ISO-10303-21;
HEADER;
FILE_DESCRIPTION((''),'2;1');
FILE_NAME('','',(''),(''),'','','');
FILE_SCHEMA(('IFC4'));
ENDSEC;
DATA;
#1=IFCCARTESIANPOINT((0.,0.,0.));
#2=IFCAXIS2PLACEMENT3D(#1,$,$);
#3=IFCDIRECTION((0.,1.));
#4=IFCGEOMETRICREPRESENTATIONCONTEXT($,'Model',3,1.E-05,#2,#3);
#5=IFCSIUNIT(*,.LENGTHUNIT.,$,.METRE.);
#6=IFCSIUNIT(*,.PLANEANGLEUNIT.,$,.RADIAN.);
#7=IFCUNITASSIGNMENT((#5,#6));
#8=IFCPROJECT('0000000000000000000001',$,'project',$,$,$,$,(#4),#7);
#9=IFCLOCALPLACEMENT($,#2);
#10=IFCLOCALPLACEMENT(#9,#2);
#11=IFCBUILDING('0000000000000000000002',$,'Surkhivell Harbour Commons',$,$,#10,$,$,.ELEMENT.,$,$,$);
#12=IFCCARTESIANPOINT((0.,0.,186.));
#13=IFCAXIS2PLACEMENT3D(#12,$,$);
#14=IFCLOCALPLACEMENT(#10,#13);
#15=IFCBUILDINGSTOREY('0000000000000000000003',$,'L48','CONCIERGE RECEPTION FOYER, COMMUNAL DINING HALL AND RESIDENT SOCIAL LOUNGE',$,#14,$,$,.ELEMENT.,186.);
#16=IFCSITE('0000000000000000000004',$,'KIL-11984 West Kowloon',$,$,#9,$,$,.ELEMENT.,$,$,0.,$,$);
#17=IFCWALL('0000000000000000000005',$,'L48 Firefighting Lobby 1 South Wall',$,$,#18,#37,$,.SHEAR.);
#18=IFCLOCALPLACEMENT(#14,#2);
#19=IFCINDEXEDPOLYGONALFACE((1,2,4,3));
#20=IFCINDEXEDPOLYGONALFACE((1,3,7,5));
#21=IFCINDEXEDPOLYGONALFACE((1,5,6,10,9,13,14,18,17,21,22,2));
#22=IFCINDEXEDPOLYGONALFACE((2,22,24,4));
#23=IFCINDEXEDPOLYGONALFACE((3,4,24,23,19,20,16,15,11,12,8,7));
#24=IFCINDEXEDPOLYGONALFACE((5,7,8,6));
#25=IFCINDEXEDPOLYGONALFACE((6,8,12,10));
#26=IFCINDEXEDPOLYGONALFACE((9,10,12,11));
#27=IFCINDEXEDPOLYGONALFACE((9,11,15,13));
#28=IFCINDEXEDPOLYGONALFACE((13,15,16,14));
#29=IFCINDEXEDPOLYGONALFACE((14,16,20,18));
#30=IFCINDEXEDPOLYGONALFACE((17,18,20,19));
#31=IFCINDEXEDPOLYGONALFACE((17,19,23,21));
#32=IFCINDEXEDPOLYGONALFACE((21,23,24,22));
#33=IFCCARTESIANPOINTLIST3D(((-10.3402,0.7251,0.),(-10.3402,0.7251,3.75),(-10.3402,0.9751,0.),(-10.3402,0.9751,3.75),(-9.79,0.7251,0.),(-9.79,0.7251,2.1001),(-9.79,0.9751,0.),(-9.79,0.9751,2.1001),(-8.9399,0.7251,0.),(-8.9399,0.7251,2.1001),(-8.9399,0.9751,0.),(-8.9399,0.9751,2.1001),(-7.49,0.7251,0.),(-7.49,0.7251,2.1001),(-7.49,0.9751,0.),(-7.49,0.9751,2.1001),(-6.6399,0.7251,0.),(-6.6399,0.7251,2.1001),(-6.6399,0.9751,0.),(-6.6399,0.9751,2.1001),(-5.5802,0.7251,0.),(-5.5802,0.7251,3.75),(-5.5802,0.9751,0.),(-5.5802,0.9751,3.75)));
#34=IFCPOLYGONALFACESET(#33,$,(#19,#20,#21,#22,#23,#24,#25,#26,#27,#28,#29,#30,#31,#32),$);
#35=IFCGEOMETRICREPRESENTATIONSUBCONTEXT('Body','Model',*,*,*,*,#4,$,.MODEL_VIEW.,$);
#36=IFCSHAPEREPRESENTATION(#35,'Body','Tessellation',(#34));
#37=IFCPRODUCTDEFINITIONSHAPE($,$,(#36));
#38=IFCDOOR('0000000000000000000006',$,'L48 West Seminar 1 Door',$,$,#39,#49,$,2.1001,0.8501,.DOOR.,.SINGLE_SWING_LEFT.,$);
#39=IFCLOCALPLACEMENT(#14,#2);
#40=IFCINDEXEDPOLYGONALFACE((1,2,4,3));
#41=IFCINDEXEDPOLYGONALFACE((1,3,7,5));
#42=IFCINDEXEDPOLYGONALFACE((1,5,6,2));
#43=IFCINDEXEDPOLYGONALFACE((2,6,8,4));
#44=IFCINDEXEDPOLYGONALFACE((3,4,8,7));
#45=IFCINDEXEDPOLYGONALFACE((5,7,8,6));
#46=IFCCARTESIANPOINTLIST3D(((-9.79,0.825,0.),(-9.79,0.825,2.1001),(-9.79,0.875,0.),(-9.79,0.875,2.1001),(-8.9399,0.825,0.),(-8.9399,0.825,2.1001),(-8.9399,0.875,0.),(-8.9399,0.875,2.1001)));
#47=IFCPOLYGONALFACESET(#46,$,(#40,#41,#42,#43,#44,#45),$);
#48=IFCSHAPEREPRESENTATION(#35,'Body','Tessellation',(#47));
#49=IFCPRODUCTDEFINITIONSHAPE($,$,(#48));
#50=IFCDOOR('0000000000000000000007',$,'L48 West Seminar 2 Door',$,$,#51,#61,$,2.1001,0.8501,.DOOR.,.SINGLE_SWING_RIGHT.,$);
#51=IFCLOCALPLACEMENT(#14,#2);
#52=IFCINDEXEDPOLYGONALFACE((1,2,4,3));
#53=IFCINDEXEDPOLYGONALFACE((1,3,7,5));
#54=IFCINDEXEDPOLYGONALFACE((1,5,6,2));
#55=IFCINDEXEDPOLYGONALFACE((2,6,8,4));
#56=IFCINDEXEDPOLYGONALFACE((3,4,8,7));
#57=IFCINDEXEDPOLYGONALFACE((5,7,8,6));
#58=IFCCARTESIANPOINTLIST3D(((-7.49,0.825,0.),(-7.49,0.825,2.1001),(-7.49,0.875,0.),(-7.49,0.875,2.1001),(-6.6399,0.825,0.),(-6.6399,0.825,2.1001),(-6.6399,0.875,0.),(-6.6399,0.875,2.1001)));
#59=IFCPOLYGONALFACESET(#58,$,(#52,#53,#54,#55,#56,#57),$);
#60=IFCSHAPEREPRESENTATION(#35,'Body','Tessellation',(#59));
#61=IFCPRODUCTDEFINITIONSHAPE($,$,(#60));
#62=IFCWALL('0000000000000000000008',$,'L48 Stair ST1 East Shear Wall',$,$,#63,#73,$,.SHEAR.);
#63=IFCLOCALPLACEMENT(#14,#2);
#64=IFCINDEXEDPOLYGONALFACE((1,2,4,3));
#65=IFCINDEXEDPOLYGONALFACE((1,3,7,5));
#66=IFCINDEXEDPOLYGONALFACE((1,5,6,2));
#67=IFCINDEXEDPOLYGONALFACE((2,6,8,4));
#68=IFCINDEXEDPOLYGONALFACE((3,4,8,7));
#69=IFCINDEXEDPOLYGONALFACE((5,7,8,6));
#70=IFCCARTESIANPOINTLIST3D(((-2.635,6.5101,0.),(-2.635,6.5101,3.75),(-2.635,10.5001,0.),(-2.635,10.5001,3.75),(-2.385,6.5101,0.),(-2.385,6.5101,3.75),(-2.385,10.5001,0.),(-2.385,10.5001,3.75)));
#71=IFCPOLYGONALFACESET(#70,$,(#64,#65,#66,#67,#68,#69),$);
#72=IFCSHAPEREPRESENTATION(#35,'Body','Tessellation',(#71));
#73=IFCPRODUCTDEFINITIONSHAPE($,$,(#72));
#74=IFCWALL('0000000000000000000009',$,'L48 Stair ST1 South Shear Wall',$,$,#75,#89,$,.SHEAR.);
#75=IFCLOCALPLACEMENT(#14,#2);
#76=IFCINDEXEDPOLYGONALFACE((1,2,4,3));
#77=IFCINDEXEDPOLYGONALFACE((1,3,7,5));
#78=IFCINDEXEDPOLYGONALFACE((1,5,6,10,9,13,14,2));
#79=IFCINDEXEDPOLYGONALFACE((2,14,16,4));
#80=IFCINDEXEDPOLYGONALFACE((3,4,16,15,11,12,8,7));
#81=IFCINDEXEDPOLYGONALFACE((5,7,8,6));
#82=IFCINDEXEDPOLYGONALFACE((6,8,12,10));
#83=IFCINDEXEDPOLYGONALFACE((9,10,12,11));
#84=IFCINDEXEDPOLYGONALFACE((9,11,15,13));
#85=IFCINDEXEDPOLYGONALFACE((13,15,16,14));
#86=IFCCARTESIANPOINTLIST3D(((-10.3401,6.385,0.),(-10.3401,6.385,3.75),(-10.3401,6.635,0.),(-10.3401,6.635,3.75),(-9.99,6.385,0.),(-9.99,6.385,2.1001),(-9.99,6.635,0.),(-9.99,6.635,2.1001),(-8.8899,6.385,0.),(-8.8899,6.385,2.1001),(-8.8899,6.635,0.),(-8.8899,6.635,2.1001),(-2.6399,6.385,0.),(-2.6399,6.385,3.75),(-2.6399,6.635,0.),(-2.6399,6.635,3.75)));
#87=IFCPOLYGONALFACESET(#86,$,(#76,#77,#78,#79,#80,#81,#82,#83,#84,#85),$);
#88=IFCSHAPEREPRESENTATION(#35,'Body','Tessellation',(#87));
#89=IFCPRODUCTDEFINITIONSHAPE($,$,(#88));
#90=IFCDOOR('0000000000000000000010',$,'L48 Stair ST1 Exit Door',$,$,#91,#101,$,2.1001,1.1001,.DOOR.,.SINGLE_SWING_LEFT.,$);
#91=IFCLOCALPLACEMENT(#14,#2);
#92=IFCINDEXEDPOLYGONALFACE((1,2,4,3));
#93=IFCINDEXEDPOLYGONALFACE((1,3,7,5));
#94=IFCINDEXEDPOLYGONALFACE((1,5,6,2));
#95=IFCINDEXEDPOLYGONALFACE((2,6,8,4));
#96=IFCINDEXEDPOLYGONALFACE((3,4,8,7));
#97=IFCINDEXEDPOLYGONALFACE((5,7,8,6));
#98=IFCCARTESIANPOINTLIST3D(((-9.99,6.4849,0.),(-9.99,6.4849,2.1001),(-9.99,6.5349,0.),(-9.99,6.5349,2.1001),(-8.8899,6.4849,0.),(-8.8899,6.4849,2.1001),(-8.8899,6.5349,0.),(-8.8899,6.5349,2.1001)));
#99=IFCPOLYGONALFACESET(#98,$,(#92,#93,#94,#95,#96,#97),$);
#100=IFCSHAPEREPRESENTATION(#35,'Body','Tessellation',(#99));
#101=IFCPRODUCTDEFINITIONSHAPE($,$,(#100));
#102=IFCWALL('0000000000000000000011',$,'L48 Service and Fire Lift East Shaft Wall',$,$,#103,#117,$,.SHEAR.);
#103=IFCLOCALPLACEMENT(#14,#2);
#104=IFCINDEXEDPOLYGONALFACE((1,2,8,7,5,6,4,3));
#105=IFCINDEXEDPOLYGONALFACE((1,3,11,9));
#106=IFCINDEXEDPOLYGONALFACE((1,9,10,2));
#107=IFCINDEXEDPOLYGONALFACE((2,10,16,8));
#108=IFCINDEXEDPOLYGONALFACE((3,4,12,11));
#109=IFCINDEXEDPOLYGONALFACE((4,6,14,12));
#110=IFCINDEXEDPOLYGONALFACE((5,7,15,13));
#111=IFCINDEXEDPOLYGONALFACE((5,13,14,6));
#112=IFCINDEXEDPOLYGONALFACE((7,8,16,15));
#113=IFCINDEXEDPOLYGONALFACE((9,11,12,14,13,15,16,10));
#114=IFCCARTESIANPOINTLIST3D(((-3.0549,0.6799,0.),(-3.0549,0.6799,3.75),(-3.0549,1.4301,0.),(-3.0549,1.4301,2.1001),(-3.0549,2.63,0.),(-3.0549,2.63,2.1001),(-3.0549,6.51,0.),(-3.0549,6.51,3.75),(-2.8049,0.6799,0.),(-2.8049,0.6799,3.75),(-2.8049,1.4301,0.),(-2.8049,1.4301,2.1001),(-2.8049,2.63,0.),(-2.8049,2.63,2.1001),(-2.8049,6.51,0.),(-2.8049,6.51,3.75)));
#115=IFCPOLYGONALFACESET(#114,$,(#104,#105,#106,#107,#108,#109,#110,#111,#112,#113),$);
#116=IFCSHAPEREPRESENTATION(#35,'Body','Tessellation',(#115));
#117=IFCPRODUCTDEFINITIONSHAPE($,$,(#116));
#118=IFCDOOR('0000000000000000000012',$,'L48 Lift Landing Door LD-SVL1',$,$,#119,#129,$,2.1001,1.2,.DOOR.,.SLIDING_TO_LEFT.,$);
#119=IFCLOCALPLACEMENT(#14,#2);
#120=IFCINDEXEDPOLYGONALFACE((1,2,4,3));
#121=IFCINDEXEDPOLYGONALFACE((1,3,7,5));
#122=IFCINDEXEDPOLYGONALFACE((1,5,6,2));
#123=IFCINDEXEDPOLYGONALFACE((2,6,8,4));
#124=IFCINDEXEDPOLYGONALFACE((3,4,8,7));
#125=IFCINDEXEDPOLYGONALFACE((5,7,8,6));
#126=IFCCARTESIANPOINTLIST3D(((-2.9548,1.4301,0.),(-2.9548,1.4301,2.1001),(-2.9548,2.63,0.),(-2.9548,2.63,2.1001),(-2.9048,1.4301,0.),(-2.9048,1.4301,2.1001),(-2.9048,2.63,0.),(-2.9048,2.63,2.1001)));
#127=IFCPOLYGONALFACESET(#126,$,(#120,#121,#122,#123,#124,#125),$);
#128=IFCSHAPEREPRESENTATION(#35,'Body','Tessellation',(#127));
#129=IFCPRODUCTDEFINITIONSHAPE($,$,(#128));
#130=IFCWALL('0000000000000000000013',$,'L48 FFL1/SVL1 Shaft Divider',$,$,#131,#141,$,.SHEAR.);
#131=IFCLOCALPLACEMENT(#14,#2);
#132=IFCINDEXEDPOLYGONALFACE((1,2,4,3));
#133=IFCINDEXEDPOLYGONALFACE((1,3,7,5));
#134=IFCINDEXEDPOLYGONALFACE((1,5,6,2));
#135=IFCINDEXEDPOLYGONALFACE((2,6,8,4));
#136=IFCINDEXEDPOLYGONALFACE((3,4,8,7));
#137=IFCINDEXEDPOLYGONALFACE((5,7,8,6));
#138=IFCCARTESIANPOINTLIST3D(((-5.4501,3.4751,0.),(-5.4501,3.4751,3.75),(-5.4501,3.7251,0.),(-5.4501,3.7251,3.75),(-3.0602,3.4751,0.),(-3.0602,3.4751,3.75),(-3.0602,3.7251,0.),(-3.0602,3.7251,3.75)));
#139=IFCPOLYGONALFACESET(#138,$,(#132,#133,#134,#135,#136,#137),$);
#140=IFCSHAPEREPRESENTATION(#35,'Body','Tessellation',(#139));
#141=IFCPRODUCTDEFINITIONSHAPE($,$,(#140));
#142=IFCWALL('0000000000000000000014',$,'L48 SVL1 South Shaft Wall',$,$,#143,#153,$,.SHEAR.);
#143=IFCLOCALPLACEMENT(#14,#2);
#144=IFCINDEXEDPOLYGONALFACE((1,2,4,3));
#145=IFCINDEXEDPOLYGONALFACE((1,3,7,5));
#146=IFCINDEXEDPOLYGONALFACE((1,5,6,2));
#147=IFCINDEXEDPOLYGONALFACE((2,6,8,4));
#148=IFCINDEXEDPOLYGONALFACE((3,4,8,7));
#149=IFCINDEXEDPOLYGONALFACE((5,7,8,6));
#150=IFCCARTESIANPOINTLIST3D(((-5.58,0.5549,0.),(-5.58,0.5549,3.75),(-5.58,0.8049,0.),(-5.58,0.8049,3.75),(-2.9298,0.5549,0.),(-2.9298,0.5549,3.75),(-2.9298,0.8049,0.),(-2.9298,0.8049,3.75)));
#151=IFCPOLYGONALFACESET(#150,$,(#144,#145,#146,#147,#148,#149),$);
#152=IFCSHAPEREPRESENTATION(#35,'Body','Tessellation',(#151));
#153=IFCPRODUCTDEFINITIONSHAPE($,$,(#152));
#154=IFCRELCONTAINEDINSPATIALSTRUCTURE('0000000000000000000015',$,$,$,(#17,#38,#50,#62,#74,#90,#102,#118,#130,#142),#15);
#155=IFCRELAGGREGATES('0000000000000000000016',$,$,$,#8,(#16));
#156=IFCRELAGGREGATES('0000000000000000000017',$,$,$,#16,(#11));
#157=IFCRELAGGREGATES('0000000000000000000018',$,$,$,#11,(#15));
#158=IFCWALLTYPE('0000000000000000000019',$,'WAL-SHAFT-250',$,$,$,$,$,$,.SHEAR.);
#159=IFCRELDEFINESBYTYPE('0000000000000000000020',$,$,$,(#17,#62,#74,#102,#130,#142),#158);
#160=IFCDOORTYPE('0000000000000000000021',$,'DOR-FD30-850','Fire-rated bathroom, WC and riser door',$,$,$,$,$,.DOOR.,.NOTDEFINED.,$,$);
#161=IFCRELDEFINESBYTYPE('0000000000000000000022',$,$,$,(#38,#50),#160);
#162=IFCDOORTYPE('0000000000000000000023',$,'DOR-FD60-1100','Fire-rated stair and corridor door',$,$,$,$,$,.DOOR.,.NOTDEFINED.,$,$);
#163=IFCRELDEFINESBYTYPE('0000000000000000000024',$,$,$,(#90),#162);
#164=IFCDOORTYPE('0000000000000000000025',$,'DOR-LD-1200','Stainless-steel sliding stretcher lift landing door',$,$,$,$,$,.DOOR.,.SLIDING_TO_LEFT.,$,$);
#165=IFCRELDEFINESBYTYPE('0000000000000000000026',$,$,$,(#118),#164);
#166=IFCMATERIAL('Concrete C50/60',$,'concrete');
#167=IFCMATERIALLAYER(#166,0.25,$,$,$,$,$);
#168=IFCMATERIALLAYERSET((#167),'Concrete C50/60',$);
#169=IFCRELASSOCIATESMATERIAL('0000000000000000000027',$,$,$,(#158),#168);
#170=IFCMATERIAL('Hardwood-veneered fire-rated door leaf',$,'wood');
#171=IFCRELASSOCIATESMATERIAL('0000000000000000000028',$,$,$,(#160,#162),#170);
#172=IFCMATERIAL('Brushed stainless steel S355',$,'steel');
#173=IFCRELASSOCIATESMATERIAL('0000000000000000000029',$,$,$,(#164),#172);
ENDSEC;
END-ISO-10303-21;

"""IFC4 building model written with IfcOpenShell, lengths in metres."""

from ifc_helpers import new_model, si_unit, direction, frame, frame_2d, origin, place, context, subcontext, project, spatial, rectangle, extrude, material, layer, layer_set, type_object, element, fill, save


model = new_model("IFC4")

# Units and contexts
model_context = context("Model", 3, precision=1e-05, world=origin(), true_north=direction((0.0, 1.0)))
body_context = subcontext(model_context, "Body", "Model", "MODEL_VIEW")
ifc_project = project(units=[si_unit("LENGTHUNIT", "METRE"), si_unit("PLANEANGLEUNIT", "RADIAN")], contexts=[model_context])

# Site, building, storey
site_placement = place(None, origin())
site = spatial("IfcSite", under=ifc_project, at=site_placement, Name="KIL-11984 West Kowloon", CompositionType="ELEMENT", RefElevation=0.0)
building_placement = place(site_placement, origin())
building = spatial("IfcBuilding", under=site, at=building_placement, Name="Surkhivell Harbour Commons", CompositionType="ELEMENT")
storey_placement = place(building_placement, frame((0.0, 0.0, 186.0)))
storey = spatial("IfcBuildingStorey", under=building, at=storey_placement, Name="L48", Description="CONCIERGE RECEPTION FOYER, COMMUNAL DINING HALL AND RESIDENT SOCIAL LOUNGE", CompositionType="ELEMENT", Elevation=186.0)

# Shared definitions
ifc_material_1 = material(Name="Hardwood-veneered fire-rated door leaf", Category="wood")

# Shared definitions
ifc_material_2 = material(Name="Concrete C50/60", Category="concrete")
ifc_layer_1 = layer(ifc_material_2, 0.25)
ifc_layer_set_1 = layer_set([ifc_layer_1], Name="Concrete C50/60")
wall_type_1 = type_object("IfcWallType", Name="WAL-SHAFT-250", PredefinedType="SHEAR", material=ifc_layer_set_1)
ifc_material_3 = material(Name="Brushed stainless steel S355", Category="steel")

# Wall, openings, doors
wall_1_placement = place(storey_placement, frame((-10.3401, 0.8501, 0.0), z_axis=(0.0, 0.0, 1.0), x_axis=(1.0, 0.0, 0.0)))
wall_1 = element("IfcWall", 1, at=wall_1_placement, inside=storey, type_object=wall_type_1, Name="L48 Firefighting Lobby 1 South Wall", PredefinedType="SHEAR", context=body_context, shape_type="SweptSolid", body=[
    extrude(rectangle(XDim=4.76, YDim=0.25, at=frame_2d((2.3799, 0.0))), origin(), (0.0, 0.0, 1.0), 3.75),
])
opening_1_placement = place(wall_1_placement, frame((0.55, 0.0, 0.0)))
opening_1 = element("IfcOpeningElement", 2, at=opening_1_placement, cuts=wall_1, PredefinedType="OPENING", context=body_context, shape_type="SweptSolid", body=[
    extrude(rectangle(XDim=0.8501, YDim=2.1001, at=frame_2d((0.425, 1.05))), frame((0.0, 0.135, 0.0), z_axis=(0.0, -1.0, 0.0), x_axis=(1.0, 0.0, 0.0)), (0.0, 0.0, 1.0), 0.27),
])
opening_2_placement = place(wall_1_placement, frame((2.8501, 0.0, 0.0)))
opening_2 = element("IfcOpeningElement", 3, at=opening_2_placement, cuts=wall_1, PredefinedType="OPENING", context=body_context, shape_type="SweptSolid", body=[
    extrude(rectangle(XDim=0.8501, YDim=2.1001, at=frame_2d((0.425, 1.05))), frame((0.0, 0.135, 0.0), z_axis=(0.0, -1.0, 0.0), x_axis=(1.0, 0.0, 0.0)), (0.0, 0.0, 1.0), 0.27),
])
door_type_1 = type_object("IfcDoorType", Name="DOR-FD30-850", Description="Fire-rated bathroom, WC and riser door", OperationType="NOTDEFINED", PredefinedType="DOOR", material=ifc_material_1)
door_1_placement = place(opening_1_placement, origin())
door_1 = element("IfcDoor", 4, at=door_1_placement, inside=storey, type_object=door_type_1, Name="L48 West Seminar 1 Door", OperationType="SINGLE_SWING_LEFT", OverallHeight=2.1001, OverallWidth=0.8501, PredefinedType="DOOR", context=body_context, shape_type="SweptSolid", body=[
    extrude(rectangle(XDim=0.8501, YDim=2.1001, at=frame_2d((0.425, 1.05))), frame((0.0, 0.0249, 0.0), z_axis=(0.0, -1.0, 0.0), x_axis=(1.0, 0.0, 0.0)), (0.0, 0.0, 1.0), 0.05),
])
fill(opening_1, door_1)
door_2_placement = place(opening_2_placement, origin())
door_2 = element("IfcDoor", 5, at=door_2_placement, inside=storey, type_object=door_type_1, Name="L48 West Seminar 2 Door", OperationType="SINGLE_SWING_RIGHT", OverallHeight=2.1001, OverallWidth=0.8501, PredefinedType="DOOR", context=body_context, shape_type="SweptSolid", body=[
    extrude(rectangle(XDim=0.8501, YDim=2.1001, at=frame_2d((0.425, 1.05))), frame((0.0, 0.0249, 0.0), z_axis=(0.0, -1.0, 0.0), x_axis=(1.0, 0.0, 0.0)), (0.0, 0.0, 1.0), 0.05),
])
fill(opening_2, door_2)

# Wall
wall_2_placement = place(storey_placement, frame((-2.51, 6.51, 0.0), z_axis=(0.0, 0.0, 1.0), x_axis=(0.0, 1.0, 0.0)))
element("IfcWall", 6, at=wall_2_placement, inside=storey, type_object=wall_type_1, Name="L48 Stair ST1 East Shear Wall", PredefinedType="SHEAR", context=body_context, shape_type="SweptSolid", body=[
    extrude(rectangle(XDim=3.99, YDim=0.25, at=frame_2d((1.9951, 0.0))), origin(), (0.0, 0.0, 1.0), 3.75),
])

# Walls, openings, doors
wall_3_placement = place(storey_placement, frame((-10.3401, 6.51, 0.0), z_axis=(0.0, 0.0, 1.0), x_axis=(1.0, 0.0, 0.0)))
wall_3 = element("IfcWall", 7, at=wall_3_placement, inside=storey, type_object=wall_type_1, Name="L48 Stair ST1 South Shear Wall", PredefinedType="SHEAR", context=body_context, shape_type="SweptSolid", body=[
    extrude(rectangle(XDim=7.7002, YDim=0.25, at=frame_2d((3.8501, 0.0))), origin(), (0.0, 0.0, 1.0), 3.75),
])
opening_3_placement = place(wall_3_placement, frame((0.3501, 0.0, 0.0)))
opening_3 = element("IfcOpeningElement", 8, at=opening_3_placement, cuts=wall_3, PredefinedType="OPENING", context=body_context, shape_type="SweptSolid", body=[
    extrude(rectangle(XDim=1.1001, YDim=2.1001, at=frame_2d((0.55, 1.05))), frame((0.0, 0.135, 0.0), z_axis=(0.0, -1.0, 0.0), x_axis=(1.0, 0.0, 0.0)), (0.0, 0.0, 1.0), 0.27),
])
door_type_2 = type_object("IfcDoorType", Name="DOR-FD60-1100", Description="Fire-rated stair and corridor door", OperationType="NOTDEFINED", PredefinedType="DOOR", material=ifc_material_1)
door_3_placement = place(opening_3_placement, origin())
door_3 = element("IfcDoor", 9, at=door_3_placement, inside=storey, type_object=door_type_2, Name="L48 Stair ST1 Exit Door", OperationType="SINGLE_SWING_LEFT", OverallHeight=2.1001, OverallWidth=1.1001, PredefinedType="DOOR", context=body_context, shape_type="SweptSolid", body=[
    extrude(rectangle(XDim=1.1001, YDim=2.1001, at=frame_2d((0.55, 1.05))), frame((0.0, 0.0249, 0.0), z_axis=(0.0, -1.0, 0.0), x_axis=(1.0, 0.0, 0.0)), (0.0, 0.0, 1.0), 0.05),
])
fill(opening_3, door_3)
wall_4_placement = place(storey_placement, frame((-2.9299, 0.6799, 0.0), z_axis=(0.0, 0.0, 1.0), x_axis=(0.0, 1.0, 0.0)))
wall_4 = element("IfcWall", 10, at=wall_4_placement, inside=storey, type_object=wall_type_1, Name="L48 Service and Fire Lift East Shaft Wall", PredefinedType="SHEAR", context=body_context, shape_type="SweptSolid", body=[
    extrude(rectangle(XDim=5.8301, YDim=0.25, at=frame_2d((2.915, 0.0))), origin(), (0.0, 0.0, 1.0), 3.75),
])
opening_4_placement = place(wall_4_placement, frame((0.75, 0.0, 0.0)))
opening_4 = element("IfcOpeningElement", 11, at=opening_4_placement, cuts=wall_4, PredefinedType="OPENING", context=body_context, shape_type="SweptSolid", body=[
    extrude(rectangle(XDim=1.2, YDim=2.1001, at=frame_2d((0.6001, 1.05))), frame((0.0, 0.135, 0.0), z_axis=(0.0, -1.0, 0.0), x_axis=(1.0, 0.0, 0.0)), (0.0, 0.0, 1.0), 0.27),
])
door_type_3 = type_object("IfcDoorType", Name="DOR-LD-1200", Description="Stainless-steel sliding stretcher lift landing door", OperationType="SLIDING_TO_LEFT", PredefinedType="DOOR", material=ifc_material_3)
door_4_placement = place(opening_4_placement, origin())
door_4 = element("IfcDoor", 12, at=door_4_placement, inside=storey, type_object=door_type_3, Name="L48 Lift Landing Door LD-SVL1", OperationType="SLIDING_TO_LEFT", OverallHeight=2.1001, OverallWidth=1.2, PredefinedType="DOOR", context=body_context, shape_type="SweptSolid", body=[
    extrude(rectangle(XDim=1.2, YDim=2.1001, at=frame_2d((0.6001, 1.05))), frame((0.0, 0.0249, 0.0), z_axis=(0.0, -1.0, 0.0), x_axis=(1.0, 0.0, 0.0)), (0.0, 0.0, 1.0), 0.05),
])
fill(opening_4, door_4)

# Walls
wall_5_placement = place(storey_placement, frame((-5.45, 3.6001, 0.0), z_axis=(0.0, 0.0, 1.0), x_axis=(1.0, 0.0, 0.0)))
element("IfcWall", 13, at=wall_5_placement, inside=storey, type_object=wall_type_1, Name="L48 FFL1/SVL1 Shaft Divider", PredefinedType="SHEAR", context=body_context, shape_type="SweptSolid", body=[
    extrude(rectangle(XDim=2.3899, YDim=0.25, at=frame_2d((1.1948, 0.0))), origin(), (0.0, 0.0, 1.0), 3.75),
])
wall_6_placement = place(storey_placement, frame((-5.5801, 0.6799, 0.0), z_axis=(0.0, 0.0, 1.0), x_axis=(1.0, 0.0, 0.0)))
element("IfcWall", 14, at=wall_6_placement, inside=storey, type_object=wall_type_1, Name="L48 SVL1 South Shaft Wall", PredefinedType="SHEAR", context=body_context, shape_type="SweptSolid", body=[
    extrude(rectangle(XDim=2.6501, YDim=0.25, at=frame_2d((1.3252, 0.0))), origin(), (0.0, 0.0, 1.0), 3.75),
])

save(model, "model.ifc")
